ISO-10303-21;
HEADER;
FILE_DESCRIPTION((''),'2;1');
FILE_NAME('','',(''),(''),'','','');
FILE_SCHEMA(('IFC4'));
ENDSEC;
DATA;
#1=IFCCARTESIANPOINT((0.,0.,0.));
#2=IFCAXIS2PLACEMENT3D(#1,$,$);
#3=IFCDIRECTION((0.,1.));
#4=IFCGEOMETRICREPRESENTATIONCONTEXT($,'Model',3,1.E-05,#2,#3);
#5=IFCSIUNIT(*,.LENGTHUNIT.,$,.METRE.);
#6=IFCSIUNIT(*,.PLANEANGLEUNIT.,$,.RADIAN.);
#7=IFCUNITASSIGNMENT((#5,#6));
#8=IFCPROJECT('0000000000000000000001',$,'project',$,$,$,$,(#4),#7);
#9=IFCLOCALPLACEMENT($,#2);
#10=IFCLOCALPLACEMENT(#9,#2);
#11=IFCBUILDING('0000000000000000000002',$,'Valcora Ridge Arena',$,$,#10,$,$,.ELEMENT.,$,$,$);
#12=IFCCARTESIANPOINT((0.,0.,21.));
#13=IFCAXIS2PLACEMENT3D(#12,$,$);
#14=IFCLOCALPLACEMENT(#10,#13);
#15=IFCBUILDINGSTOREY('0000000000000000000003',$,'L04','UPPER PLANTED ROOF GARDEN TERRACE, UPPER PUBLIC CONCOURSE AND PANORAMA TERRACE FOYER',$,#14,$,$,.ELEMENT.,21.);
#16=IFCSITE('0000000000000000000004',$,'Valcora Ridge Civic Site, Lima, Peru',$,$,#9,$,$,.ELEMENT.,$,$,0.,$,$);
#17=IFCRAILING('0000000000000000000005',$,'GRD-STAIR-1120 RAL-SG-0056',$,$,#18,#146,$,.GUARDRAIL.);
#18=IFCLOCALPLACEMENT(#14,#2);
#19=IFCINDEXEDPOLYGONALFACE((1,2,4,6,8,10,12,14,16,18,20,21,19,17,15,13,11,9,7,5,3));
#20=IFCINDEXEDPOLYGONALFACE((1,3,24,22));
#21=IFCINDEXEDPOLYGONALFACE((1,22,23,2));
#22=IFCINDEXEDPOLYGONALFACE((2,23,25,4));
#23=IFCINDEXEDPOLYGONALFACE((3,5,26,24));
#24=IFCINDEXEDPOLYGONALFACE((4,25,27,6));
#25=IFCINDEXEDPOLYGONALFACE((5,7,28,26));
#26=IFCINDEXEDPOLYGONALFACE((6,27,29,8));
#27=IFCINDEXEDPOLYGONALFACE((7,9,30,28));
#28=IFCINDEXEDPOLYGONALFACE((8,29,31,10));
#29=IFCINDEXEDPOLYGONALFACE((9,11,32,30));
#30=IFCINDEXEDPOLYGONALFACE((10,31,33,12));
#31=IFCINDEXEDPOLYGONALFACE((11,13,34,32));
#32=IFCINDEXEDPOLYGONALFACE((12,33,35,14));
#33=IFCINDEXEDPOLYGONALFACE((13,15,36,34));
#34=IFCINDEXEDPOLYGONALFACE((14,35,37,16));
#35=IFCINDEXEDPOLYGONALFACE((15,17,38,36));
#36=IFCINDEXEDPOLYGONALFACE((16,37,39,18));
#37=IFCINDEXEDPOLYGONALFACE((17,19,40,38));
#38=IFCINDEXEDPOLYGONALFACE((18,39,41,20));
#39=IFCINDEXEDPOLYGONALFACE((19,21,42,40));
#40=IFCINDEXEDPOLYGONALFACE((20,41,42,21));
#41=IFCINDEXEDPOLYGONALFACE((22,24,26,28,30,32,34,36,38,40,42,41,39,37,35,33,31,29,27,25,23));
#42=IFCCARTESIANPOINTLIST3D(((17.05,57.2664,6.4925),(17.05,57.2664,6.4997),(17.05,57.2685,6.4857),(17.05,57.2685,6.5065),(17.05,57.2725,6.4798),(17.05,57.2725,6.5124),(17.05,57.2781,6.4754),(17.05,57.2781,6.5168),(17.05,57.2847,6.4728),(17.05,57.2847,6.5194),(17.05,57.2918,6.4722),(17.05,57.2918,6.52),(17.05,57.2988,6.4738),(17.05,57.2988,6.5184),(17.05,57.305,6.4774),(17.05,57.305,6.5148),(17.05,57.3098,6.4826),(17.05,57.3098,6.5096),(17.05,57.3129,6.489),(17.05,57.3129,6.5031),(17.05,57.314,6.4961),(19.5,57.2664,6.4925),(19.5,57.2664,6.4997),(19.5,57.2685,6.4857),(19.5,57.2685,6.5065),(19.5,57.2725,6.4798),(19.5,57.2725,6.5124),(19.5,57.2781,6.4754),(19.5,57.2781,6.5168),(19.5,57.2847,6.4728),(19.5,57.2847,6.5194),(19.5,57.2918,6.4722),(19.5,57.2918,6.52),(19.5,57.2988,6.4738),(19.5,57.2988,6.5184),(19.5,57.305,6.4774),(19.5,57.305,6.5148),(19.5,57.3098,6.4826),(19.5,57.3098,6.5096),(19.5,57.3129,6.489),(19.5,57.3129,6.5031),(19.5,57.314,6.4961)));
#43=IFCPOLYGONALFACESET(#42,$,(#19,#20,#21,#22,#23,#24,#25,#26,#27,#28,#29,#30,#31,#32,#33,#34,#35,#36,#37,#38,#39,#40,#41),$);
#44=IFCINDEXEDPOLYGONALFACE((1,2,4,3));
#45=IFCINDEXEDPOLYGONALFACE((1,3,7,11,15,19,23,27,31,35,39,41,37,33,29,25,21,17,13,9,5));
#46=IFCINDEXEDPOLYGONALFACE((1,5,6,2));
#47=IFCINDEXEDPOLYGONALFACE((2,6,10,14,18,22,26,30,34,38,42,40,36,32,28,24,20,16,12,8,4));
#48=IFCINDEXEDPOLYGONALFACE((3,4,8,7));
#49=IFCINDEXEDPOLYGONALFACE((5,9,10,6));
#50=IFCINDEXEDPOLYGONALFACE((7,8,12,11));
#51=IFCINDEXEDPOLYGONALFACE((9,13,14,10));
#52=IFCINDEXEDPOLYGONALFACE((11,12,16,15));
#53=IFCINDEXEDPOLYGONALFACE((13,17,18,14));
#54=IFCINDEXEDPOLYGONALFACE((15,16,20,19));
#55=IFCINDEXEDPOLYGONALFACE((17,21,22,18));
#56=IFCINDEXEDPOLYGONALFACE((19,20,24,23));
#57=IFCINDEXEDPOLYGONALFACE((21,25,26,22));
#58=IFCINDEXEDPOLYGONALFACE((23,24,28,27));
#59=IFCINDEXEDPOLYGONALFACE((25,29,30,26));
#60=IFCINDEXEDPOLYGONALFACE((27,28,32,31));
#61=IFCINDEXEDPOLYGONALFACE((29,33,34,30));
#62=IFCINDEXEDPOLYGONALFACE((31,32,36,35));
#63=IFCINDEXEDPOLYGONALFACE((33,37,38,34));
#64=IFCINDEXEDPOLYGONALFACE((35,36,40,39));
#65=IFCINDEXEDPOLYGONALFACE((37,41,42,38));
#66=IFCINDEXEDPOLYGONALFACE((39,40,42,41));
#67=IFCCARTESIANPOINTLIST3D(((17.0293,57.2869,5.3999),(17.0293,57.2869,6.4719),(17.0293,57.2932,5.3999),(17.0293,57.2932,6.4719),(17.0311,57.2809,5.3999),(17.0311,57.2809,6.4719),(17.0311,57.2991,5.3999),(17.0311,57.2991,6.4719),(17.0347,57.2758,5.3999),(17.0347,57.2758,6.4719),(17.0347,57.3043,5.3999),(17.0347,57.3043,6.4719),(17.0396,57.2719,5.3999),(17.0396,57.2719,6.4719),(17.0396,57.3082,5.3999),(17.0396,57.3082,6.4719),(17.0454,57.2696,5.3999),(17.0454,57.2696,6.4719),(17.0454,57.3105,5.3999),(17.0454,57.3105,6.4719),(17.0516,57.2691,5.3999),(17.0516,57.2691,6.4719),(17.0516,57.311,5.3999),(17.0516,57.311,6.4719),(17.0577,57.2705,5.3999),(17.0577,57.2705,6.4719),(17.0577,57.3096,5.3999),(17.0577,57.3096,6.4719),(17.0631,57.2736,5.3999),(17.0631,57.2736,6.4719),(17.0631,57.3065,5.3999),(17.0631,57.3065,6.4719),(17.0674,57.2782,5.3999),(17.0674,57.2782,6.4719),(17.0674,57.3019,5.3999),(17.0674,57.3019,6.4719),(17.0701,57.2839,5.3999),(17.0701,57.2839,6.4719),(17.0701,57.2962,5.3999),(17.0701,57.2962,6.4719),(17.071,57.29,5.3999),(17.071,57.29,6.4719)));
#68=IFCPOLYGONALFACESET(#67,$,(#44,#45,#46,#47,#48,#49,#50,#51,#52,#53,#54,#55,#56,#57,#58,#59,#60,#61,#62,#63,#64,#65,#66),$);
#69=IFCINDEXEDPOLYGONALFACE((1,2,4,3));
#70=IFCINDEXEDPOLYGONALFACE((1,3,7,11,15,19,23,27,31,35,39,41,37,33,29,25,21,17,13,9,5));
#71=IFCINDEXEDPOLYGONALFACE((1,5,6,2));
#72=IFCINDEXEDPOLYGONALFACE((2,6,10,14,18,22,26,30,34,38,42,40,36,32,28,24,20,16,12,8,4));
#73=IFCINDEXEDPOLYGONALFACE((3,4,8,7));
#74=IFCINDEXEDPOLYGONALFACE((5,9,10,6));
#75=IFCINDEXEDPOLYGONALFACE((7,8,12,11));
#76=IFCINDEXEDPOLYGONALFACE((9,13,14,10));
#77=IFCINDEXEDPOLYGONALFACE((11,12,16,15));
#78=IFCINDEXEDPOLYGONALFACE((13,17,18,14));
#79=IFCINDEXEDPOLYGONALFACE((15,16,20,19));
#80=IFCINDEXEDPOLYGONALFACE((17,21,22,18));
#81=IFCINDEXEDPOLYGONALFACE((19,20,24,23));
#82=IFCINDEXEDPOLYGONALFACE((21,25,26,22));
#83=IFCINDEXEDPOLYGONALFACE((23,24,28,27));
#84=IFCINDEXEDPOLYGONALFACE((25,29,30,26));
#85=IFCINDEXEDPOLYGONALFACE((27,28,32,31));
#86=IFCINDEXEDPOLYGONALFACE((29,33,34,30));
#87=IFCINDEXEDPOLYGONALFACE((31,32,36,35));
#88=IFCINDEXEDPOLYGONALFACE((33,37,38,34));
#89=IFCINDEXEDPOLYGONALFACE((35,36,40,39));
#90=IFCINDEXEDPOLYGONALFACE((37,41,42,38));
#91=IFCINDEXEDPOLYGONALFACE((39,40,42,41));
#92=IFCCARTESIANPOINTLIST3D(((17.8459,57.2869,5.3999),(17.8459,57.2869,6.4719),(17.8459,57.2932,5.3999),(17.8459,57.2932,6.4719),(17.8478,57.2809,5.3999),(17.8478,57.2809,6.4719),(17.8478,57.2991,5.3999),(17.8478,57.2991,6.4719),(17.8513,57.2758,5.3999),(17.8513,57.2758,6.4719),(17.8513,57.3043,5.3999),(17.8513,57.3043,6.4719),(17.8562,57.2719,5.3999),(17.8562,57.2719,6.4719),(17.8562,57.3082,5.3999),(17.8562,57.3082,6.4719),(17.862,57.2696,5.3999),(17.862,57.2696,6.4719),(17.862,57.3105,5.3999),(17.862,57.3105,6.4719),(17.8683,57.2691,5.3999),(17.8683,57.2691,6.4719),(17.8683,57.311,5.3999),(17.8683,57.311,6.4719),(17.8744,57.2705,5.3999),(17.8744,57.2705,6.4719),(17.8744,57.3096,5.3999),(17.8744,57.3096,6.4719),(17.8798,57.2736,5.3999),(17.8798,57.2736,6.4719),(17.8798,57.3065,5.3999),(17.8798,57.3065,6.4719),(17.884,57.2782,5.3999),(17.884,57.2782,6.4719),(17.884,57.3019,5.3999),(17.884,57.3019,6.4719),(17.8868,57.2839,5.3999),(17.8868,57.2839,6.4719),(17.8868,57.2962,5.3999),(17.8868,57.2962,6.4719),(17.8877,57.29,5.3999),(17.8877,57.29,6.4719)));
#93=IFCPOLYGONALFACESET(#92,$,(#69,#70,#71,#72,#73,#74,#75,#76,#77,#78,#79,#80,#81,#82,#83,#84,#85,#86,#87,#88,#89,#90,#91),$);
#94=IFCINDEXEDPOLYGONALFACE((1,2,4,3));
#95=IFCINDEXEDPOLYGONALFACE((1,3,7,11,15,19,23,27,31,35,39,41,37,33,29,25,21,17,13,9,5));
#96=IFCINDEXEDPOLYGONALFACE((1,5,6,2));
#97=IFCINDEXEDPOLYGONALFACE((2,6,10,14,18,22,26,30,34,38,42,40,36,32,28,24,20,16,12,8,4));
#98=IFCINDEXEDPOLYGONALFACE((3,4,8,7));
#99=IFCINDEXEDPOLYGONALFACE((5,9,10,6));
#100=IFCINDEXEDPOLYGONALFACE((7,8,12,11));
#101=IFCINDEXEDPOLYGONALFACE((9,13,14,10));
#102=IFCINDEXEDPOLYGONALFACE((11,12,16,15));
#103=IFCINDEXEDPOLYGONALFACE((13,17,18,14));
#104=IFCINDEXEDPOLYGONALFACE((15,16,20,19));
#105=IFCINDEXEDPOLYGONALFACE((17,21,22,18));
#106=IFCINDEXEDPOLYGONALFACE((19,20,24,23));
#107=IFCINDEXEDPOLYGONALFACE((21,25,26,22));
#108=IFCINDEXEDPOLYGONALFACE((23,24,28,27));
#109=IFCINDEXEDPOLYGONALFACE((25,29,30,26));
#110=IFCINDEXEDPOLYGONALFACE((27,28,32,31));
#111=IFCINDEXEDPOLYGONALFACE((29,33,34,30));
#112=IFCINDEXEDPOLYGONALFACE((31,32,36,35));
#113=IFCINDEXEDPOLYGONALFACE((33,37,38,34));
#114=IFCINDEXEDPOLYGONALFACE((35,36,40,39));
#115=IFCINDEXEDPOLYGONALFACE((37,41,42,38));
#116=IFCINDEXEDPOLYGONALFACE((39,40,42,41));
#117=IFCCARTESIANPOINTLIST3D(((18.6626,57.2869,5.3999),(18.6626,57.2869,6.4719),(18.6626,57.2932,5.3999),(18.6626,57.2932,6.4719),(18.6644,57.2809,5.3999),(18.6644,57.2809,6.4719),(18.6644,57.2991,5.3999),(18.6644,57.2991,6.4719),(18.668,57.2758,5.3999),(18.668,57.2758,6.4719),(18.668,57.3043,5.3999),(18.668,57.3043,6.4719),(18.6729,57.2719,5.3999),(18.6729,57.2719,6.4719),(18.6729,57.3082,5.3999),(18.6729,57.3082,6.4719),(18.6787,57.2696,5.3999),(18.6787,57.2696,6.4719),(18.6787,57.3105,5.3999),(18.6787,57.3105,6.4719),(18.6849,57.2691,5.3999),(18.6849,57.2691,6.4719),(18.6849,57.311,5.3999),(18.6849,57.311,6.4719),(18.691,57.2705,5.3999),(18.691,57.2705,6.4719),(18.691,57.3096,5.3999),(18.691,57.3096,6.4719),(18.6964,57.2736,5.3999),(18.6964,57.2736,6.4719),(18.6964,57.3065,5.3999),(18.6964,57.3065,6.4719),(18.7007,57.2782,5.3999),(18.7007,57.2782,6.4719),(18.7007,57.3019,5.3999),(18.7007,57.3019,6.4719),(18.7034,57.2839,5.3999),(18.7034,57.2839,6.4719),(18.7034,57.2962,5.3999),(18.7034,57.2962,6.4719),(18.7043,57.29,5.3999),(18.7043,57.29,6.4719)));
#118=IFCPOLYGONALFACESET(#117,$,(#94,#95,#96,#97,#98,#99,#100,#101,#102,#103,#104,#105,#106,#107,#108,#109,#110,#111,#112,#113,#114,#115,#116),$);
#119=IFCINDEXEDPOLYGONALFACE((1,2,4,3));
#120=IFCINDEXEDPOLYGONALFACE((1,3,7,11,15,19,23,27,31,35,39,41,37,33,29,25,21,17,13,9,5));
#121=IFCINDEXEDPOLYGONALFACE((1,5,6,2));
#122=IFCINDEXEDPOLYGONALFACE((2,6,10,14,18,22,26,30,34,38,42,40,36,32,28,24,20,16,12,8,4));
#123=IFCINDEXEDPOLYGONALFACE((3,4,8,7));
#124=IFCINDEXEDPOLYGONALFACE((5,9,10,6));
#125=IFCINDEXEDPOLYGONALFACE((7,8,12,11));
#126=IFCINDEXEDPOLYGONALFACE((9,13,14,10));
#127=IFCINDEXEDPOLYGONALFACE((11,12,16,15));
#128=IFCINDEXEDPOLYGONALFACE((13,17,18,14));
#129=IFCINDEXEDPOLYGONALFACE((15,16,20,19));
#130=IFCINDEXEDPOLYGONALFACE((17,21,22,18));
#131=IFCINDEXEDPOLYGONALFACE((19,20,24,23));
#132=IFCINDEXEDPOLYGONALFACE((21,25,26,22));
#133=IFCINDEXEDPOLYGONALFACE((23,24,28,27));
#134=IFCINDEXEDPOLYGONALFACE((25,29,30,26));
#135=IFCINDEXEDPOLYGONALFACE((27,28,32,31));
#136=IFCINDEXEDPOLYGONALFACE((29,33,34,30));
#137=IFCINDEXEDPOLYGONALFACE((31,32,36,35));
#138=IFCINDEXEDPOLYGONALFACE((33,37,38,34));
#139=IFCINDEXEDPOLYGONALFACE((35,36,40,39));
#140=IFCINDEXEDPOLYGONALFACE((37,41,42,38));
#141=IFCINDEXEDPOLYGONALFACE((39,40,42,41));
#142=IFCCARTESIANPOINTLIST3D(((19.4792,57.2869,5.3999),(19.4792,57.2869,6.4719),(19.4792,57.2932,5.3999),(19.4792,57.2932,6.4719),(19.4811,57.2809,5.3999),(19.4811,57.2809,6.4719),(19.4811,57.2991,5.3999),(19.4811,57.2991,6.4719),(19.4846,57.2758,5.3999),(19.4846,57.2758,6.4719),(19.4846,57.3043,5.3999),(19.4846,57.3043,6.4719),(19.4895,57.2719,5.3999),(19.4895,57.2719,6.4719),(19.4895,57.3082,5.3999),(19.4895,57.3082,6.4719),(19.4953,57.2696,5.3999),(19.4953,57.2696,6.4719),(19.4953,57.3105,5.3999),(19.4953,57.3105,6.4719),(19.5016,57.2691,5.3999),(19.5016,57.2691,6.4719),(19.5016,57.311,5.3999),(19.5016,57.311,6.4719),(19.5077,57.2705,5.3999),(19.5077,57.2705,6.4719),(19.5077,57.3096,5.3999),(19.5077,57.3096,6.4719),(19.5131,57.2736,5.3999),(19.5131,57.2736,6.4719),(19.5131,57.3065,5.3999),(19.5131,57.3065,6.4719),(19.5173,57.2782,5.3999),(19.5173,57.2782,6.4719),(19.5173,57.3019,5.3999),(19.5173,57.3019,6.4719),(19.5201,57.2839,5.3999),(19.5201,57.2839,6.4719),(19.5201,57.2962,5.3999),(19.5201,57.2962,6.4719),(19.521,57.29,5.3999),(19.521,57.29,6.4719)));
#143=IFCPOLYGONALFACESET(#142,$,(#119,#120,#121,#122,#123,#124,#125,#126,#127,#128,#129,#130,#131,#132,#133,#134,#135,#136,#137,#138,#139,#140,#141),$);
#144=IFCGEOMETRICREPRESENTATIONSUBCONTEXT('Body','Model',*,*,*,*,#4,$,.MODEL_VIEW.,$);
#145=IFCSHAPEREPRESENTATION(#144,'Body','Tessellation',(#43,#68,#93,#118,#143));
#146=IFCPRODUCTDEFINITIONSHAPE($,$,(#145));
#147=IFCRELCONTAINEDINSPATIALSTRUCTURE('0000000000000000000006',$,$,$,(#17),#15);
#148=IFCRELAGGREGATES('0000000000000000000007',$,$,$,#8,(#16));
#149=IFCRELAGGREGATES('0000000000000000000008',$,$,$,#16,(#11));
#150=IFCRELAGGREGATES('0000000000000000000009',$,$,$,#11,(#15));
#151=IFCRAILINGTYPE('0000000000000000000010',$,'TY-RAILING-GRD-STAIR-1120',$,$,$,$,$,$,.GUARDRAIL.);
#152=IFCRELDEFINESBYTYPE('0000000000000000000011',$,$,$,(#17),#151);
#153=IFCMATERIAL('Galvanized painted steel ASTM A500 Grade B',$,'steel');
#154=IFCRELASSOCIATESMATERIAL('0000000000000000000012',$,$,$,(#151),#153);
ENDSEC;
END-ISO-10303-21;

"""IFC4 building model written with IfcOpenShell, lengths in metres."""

from ifc_helpers import new_model, si_unit, direction, frame, origin, origin_2d, place, context, subcontext, project, spatial, circle, extrude, material, type_object, element, save


model = new_model("IFC4")

# Units and contexts
model_context = context("Model", 3, precision=1e-05, world=origin(), true_north=direction((0.0, 1.0)))
body_context = subcontext(model_context, "Body", "Model", "MODEL_VIEW")
ifc_project = project(units=[si_unit("LENGTHUNIT", "METRE"), si_unit("PLANEANGLEUNIT", "RADIAN")], contexts=[model_context])

# Site, building, storey
site_placement = place(None, origin())
site = spatial("IfcSite", under=ifc_project, at=site_placement, Name="Valcora Ridge Civic Site, Lima, Peru", CompositionType="ELEMENT", RefElevation=0.0)
building_placement = place(site_placement, origin())
building = spatial("IfcBuilding", under=site, at=building_placement, Name="Valcora Ridge Arena", CompositionType="ELEMENT")
storey_placement = place(building_placement, frame((0.0, 0.0, 21.0)))
storey = spatial("IfcBuildingStorey", under=building, at=storey_placement, Name="L04", Description="UPPER PLANTED ROOF GARDEN TERRACE, UPPER PUBLIC CONCOURSE AND PANORAMA TERRACE FOYER", CompositionType="ELEMENT", Elevation=21.0)

# Railing
ifc_material_1 = material(Name="Galvanized painted steel ASTM A500 Grade B", Category="steel")
railing_type_1 = type_object("IfcRailingType", Name="TY-RAILING-GRD-STAIR-1120", PredefinedType="GUARDRAIL", material=ifc_material_1)
railing_1_placement = place(storey_placement, frame((17.05, 57.29, 5.3999)))
element("IfcRailing", 1, at=railing_1_placement, inside=storey, type_object=railing_type_1, Name="GRD-STAIR-1120 RAL-SG-0056", PredefinedType="GUARDRAIL", context=body_context, shape_type="SweptSolid", body=[
    extrude(circle(Radius=0.0239, at=origin_2d()), frame((0.0, 0.0, 1.0962), z_axis=(1.0, 0.0, 0.0), x_axis=(0.0, 1.0, 0.0)), (0.0, 0.0, 1.0), 2.45),
    extrude(circle(Radius=0.021, at=origin_2d()), origin(), (0.0, 0.0, 1.0), 1.072),
    extrude(circle(Radius=0.021, at=origin_2d()), frame((0.8167, 0.0, 0.0)), (0.0, 0.0, 1.0), 1.072),
    extrude(circle(Radius=0.021, at=origin_2d()), frame((1.6333, 0.0, 0.0)), (0.0, 0.0, 1.0), 1.072),
    extrude(circle(Radius=0.021, at=origin_2d()), frame((2.45, 0.0, 0.0)), (0.0, 0.0, 1.0), 1.072),
])

save(model, "model.ifc")
